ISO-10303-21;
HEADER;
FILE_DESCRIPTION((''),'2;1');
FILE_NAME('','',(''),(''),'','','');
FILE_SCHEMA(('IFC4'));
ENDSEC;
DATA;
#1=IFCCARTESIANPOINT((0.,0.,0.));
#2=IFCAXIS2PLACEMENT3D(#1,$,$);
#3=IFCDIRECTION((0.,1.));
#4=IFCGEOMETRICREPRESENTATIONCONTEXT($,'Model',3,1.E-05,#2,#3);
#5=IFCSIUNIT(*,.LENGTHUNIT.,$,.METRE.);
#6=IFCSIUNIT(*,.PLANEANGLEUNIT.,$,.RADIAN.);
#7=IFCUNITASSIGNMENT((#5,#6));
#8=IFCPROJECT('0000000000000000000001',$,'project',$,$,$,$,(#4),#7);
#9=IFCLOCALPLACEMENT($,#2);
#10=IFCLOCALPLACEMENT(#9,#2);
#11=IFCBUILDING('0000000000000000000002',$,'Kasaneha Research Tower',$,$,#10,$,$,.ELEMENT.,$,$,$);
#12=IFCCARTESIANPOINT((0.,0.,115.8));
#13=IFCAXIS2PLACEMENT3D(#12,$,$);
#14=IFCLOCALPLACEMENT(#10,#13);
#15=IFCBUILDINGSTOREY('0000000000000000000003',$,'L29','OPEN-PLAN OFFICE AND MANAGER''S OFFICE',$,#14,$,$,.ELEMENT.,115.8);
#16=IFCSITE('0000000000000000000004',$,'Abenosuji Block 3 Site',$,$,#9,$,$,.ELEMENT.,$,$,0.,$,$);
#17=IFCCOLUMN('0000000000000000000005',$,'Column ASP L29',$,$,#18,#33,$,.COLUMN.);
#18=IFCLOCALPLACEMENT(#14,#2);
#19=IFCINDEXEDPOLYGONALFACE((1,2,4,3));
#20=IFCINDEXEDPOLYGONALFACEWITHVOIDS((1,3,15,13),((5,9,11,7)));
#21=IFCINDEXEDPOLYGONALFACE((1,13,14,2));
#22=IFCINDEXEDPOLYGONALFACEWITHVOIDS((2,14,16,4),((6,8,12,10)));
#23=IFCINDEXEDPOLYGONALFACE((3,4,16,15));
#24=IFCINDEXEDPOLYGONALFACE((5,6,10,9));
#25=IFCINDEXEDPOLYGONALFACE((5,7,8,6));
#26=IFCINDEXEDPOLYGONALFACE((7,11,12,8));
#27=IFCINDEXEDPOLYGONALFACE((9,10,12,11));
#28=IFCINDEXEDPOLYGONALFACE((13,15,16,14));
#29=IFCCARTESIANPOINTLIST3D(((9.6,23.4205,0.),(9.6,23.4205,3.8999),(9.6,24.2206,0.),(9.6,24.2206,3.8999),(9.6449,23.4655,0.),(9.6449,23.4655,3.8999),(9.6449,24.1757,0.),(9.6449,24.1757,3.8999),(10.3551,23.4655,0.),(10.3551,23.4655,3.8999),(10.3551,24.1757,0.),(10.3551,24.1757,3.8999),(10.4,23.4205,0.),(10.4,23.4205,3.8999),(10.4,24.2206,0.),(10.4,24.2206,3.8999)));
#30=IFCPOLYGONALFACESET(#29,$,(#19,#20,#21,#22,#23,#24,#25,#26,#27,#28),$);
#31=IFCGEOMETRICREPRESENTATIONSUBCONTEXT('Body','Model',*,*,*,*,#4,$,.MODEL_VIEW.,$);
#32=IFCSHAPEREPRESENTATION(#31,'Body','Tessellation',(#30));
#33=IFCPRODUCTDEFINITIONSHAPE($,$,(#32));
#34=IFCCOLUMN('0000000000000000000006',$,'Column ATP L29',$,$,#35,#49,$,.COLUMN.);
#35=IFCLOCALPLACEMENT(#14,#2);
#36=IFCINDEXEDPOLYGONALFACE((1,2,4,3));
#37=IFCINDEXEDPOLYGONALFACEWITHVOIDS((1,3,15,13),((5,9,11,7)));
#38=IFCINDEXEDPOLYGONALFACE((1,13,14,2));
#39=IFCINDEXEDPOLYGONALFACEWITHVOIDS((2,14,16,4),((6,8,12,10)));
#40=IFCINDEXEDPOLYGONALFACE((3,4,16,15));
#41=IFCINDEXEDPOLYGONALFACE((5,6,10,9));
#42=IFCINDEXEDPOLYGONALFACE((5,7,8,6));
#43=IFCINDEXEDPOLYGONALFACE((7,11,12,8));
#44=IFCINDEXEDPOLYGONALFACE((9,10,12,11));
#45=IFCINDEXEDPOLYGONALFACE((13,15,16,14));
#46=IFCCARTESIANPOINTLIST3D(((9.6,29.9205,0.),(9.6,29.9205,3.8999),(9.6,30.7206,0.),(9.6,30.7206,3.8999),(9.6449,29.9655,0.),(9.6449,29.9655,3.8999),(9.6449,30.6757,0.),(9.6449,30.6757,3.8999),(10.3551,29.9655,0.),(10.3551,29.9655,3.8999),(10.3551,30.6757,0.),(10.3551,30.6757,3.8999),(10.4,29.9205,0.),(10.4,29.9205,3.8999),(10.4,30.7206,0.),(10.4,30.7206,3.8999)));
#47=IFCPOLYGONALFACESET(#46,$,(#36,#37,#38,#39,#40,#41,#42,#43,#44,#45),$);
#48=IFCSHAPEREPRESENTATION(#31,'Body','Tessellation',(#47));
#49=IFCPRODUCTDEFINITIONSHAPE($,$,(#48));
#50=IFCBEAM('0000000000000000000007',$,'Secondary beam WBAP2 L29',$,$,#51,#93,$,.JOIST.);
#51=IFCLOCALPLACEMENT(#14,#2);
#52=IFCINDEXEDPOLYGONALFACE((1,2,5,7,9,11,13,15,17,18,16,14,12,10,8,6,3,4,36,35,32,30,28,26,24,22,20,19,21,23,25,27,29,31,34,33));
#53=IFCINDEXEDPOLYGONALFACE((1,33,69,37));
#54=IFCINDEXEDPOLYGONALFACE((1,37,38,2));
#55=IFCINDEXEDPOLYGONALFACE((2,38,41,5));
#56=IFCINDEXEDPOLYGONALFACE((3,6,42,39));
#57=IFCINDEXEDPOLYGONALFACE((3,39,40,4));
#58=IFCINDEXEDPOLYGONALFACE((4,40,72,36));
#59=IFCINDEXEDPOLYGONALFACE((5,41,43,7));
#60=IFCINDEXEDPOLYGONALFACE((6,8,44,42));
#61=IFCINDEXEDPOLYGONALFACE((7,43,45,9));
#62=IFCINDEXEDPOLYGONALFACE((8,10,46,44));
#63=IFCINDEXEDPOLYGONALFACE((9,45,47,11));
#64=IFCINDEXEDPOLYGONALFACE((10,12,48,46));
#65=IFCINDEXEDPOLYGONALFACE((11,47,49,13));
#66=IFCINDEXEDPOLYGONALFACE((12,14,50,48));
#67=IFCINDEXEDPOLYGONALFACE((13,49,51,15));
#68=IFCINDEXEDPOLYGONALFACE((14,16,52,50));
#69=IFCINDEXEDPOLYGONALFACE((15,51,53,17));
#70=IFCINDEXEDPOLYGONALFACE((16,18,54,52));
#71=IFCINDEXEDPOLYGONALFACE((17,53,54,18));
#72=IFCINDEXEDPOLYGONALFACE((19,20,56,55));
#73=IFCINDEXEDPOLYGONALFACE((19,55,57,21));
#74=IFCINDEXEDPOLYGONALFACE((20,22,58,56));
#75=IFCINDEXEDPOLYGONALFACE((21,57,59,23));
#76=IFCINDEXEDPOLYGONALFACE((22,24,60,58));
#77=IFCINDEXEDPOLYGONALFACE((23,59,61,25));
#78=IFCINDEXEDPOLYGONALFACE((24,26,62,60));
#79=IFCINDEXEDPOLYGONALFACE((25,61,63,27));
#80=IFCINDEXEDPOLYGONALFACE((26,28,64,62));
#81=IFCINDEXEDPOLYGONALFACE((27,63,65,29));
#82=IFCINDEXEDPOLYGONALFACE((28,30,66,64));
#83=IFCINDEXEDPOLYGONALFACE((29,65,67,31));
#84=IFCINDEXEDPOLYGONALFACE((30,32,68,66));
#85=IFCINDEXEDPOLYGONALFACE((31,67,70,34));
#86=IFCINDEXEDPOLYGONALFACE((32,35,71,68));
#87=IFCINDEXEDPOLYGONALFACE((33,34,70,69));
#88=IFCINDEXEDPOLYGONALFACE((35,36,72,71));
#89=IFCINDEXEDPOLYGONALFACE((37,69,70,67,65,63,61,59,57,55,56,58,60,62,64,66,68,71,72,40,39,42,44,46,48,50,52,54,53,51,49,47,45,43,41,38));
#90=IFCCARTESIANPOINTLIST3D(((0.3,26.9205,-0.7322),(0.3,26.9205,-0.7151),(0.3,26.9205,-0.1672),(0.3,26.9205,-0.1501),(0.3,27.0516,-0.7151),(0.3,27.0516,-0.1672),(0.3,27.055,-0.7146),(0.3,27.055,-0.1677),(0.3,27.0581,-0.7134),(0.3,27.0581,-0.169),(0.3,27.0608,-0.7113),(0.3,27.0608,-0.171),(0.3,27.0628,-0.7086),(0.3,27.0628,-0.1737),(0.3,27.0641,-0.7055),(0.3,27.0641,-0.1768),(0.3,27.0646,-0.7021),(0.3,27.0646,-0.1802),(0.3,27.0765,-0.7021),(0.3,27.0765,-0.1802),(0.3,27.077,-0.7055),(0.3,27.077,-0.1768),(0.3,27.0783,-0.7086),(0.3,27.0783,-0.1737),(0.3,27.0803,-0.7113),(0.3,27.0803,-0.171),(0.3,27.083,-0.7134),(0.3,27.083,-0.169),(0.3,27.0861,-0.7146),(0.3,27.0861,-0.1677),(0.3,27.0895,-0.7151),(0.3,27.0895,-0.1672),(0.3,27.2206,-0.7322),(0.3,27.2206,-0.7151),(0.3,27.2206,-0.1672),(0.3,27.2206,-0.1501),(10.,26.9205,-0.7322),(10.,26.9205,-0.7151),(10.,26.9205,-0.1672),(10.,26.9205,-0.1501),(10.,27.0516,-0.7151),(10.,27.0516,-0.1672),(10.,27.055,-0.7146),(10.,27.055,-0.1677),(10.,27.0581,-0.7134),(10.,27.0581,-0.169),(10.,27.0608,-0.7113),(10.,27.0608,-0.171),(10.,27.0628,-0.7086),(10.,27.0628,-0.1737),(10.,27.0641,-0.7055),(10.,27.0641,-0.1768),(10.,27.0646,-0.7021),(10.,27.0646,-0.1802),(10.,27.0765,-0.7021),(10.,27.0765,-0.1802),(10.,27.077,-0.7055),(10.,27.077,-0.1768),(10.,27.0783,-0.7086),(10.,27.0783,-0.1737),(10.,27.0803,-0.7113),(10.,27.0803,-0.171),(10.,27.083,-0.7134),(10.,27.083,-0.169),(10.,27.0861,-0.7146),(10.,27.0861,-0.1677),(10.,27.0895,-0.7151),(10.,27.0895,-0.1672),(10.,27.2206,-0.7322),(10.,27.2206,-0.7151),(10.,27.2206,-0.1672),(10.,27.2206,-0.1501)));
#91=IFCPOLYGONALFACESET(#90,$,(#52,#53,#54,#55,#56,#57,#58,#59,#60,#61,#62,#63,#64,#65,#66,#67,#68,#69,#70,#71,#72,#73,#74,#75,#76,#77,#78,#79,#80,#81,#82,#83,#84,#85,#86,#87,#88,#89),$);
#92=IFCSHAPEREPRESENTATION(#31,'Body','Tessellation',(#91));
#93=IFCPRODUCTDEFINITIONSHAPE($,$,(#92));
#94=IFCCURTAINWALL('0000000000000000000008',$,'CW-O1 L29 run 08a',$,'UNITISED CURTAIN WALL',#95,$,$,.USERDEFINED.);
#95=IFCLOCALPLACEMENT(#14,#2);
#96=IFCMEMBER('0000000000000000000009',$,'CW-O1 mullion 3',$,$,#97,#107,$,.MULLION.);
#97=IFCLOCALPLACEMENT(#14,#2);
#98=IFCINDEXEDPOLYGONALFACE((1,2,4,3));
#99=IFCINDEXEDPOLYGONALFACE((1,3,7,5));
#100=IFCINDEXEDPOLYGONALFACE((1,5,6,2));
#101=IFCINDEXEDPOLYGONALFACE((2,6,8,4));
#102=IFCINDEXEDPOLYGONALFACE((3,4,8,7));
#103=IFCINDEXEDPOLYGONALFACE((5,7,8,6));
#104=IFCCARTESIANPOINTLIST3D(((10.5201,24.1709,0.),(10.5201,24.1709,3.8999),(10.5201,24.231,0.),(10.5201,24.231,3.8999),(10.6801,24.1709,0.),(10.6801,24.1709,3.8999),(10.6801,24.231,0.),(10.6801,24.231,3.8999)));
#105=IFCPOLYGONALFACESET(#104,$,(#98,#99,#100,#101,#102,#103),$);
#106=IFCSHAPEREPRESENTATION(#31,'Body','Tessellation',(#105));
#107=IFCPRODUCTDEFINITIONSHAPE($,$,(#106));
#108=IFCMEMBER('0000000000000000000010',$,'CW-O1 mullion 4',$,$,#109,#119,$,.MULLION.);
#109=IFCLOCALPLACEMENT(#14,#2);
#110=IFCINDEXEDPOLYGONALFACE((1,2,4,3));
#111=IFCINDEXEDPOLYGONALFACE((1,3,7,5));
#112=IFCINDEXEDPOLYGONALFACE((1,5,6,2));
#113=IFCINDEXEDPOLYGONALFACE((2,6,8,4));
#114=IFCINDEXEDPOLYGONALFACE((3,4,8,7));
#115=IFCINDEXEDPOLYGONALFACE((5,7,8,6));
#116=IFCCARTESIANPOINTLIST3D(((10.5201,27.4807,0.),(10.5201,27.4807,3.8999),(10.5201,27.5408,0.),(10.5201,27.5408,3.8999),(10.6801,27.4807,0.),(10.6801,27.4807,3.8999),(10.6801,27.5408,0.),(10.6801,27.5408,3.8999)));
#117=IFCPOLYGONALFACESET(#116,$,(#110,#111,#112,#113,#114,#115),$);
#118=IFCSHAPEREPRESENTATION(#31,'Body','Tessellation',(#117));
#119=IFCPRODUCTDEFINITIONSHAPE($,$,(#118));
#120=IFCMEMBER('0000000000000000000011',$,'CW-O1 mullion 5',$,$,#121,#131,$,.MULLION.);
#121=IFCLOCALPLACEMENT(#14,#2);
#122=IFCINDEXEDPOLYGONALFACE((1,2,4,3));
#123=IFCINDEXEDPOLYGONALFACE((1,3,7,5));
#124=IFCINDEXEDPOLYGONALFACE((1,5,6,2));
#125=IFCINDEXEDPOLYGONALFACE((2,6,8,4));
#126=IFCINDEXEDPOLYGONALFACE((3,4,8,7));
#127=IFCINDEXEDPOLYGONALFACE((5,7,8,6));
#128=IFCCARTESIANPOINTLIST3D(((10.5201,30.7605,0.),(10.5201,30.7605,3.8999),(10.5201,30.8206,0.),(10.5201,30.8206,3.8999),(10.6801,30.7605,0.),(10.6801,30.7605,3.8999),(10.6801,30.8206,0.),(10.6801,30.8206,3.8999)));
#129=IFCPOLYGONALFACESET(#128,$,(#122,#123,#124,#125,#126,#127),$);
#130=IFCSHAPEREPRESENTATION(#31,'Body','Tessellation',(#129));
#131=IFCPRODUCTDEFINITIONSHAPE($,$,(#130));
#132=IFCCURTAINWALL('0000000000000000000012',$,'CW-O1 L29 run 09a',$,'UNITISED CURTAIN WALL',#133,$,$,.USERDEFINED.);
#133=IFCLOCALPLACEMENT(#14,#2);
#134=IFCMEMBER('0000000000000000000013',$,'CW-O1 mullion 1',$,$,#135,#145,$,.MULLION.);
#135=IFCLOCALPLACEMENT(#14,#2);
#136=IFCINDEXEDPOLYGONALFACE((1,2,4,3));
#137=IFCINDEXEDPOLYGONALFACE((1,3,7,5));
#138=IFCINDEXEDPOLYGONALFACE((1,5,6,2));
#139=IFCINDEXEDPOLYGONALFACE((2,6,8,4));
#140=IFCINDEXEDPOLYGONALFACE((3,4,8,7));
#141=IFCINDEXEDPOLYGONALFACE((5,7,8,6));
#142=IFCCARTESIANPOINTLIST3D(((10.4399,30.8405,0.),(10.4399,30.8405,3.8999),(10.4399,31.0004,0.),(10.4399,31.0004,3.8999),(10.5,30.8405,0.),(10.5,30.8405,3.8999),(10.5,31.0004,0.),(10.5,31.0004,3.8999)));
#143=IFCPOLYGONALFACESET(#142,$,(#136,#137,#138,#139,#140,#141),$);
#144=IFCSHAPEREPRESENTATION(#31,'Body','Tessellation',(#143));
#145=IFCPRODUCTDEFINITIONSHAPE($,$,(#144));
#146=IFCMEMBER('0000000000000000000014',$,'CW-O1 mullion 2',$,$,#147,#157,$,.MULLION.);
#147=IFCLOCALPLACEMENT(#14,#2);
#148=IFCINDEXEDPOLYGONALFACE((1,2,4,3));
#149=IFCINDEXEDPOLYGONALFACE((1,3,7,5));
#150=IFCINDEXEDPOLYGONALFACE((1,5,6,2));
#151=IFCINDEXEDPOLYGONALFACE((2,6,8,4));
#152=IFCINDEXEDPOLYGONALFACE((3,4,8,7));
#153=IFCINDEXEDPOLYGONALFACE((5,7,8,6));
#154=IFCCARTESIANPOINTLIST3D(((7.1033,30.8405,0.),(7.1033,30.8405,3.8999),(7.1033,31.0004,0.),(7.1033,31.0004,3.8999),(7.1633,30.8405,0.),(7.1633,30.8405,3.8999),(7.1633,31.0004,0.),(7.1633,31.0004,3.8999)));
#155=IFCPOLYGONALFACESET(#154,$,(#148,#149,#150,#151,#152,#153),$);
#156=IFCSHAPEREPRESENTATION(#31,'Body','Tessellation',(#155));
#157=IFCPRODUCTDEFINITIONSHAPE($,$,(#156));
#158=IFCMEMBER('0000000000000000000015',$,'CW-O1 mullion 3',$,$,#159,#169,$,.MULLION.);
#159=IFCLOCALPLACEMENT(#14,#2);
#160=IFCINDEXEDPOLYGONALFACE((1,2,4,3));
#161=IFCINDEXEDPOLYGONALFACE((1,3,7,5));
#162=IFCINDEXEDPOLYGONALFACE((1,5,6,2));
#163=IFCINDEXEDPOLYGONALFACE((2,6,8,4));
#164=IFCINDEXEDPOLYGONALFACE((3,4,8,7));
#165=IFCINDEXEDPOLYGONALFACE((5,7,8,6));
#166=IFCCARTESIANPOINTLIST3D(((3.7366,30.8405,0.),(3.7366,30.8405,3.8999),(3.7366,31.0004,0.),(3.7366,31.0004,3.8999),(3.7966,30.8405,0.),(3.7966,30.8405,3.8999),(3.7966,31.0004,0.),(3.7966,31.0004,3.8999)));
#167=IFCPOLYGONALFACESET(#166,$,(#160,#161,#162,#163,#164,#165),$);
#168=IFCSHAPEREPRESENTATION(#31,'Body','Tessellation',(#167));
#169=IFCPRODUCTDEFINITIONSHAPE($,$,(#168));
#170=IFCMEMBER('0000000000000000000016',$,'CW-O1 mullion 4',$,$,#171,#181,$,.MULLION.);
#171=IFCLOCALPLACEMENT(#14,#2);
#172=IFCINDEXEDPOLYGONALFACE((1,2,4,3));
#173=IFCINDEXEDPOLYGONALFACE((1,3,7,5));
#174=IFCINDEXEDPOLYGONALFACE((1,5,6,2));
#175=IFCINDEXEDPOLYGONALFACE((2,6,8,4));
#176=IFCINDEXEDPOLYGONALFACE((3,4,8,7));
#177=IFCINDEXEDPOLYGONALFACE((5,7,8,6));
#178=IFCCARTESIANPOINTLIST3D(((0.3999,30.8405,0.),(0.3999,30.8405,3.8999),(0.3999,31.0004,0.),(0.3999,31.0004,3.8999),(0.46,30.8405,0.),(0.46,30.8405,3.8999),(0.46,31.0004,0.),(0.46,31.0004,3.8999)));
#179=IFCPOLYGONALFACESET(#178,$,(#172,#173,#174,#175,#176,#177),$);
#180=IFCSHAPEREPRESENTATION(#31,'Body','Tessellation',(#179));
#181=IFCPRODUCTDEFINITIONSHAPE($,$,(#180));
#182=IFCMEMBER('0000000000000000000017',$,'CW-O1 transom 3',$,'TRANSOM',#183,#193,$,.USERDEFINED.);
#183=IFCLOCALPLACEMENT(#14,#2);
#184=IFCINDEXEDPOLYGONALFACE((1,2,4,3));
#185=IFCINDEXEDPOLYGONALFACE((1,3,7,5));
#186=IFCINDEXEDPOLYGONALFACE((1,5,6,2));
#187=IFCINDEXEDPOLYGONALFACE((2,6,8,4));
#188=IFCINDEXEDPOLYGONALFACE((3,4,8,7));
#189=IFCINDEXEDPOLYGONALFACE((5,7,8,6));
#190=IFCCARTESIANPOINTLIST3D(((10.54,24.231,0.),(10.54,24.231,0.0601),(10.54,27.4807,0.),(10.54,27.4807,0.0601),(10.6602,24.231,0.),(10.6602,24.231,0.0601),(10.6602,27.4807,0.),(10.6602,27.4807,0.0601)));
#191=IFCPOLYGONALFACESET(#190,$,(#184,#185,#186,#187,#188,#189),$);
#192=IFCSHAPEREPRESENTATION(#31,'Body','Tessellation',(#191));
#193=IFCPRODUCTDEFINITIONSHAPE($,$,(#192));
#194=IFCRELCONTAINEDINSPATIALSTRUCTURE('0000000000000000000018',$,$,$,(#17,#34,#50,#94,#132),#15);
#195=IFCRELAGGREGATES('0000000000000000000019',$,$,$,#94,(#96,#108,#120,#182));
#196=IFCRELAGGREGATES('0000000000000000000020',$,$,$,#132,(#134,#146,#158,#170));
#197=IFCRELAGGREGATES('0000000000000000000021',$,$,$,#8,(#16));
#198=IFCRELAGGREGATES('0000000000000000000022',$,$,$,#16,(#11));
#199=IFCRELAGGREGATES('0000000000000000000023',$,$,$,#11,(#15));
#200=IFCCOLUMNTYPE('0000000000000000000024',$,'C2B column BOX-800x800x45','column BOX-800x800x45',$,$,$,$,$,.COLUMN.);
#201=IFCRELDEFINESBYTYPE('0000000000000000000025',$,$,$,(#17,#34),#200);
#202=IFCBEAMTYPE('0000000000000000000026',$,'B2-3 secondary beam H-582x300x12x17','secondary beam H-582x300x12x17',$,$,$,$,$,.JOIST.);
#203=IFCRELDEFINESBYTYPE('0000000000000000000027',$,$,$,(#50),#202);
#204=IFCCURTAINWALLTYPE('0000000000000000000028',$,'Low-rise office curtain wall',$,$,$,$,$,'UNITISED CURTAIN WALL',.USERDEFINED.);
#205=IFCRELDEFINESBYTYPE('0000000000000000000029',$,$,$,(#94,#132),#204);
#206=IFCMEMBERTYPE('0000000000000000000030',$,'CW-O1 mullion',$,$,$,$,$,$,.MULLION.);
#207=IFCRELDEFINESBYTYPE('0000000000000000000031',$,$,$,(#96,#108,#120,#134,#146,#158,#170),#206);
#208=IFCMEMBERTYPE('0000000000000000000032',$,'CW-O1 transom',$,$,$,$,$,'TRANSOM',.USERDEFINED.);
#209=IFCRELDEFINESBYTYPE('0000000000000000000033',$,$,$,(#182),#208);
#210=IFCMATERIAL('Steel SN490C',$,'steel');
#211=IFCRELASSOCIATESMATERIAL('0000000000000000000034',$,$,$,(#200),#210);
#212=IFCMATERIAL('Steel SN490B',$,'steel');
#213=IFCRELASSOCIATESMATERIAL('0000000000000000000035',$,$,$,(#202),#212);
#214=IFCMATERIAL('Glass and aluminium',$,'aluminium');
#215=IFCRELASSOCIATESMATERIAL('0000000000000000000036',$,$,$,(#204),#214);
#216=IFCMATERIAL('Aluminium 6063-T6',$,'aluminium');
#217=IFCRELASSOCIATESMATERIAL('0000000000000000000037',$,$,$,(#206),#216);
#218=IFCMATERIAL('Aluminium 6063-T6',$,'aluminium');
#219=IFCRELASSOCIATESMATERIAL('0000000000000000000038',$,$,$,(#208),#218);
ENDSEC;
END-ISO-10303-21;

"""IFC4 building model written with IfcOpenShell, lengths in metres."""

from ifc_helpers import new_model, si_unit, direction, frame, origin, origin_2d, place, context, subcontext, project, spatial, rectangle, hollow_rectangle, i_section, extrude, material, material_profile, profile_set, type_object, element, aggregate, save


model = new_model("IFC4")

# Units and contexts
model_context = context("Model", 3, precision=1e-05, world=origin(), true_north=direction((0.0, 1.0)))
body_context = subcontext(model_context, "Body", "Model", "MODEL_VIEW")
ifc_project = project(units=[si_unit("LENGTHUNIT", "METRE"), si_unit("PLANEANGLEUNIT", "RADIAN")], contexts=[model_context])

# Site, building, storey
site_placement = place(None, origin())
site = spatial("IfcSite", under=ifc_project, at=site_placement, Name="Abenosuji Block 3 Site", CompositionType="ELEMENT", RefElevation=0.0)
building_placement = place(site_placement, origin())
building = spatial("IfcBuilding", under=site, at=building_placement, Name="Kasaneha Research Tower", CompositionType="ELEMENT")
storey_placement = place(building_placement, frame((0.0, 0.0, 115.8)))
storey = spatial("IfcBuildingStorey", under=building, at=storey_placement, Name="L29", Description="OPEN-PLAN OFFICE AND MANAGER'S OFFICE", CompositionType="ELEMENT", Elevation=115.8)

# Columns
ifc_material_1 = material(Name="Steel SN490C", Category="steel")
ifc_material_profile_1 = material_profile(ifc_material_1, hollow_rectangle(XDim=0.8, YDim=0.8, WallThickness=0.0449, at=origin_2d()), Name="BOX-800x800x45")
ifc_profile_set_1 = profile_set([ifc_material_profile_1], Name="Steel SN490C")
column_type = type_object("IfcColumnType", Name="C2B column BOX-800x800x45", Description="column BOX-800x800x45", PredefinedType="COLUMN", material=ifc_profile_set_1)
for number, where, z_axis, x_axis, name in (
    (1, (10.0, 23.8206, 0.0), (0.0, 0.0, 1.0), (1.0, 0.0, 0.0), "Column ASP L29"),
    (2, (10.0, 30.3206, 0.0), (0.0, 0.0, 1.0), (1.0, 0.0, 0.0), "Column ATP L29"),
):
    element("IfcColumn", number, at=place(storey_placement, frame(where, z_axis=z_axis, x_axis=x_axis)), inside=storey, type_object=column_type, Name=name, PredefinedType="COLUMN", context=body_context, shape_type="SweptSolid", body=[
        extrude(hollow_rectangle(XDim=0.8, YDim=0.8, WallThickness=0.0449, at=origin_2d()), origin(), (0.0, 0.0, 1.0), 3.8999),
    ])

# Beam
ifc_material_2 = material(Name="Steel SN490B", Category="steel")
ifc_material_profile_2 = material_profile(ifc_material_2, i_section(OverallWidth=0.3, OverallDepth=0.582, WebThickness=0.012, FlangeThickness=0.0171, FilletRadius=0.0129, at=origin_2d()), Name="H-582x300x12x17")
ifc_profile_set_2 = profile_set([ifc_material_profile_2], Name="Steel SN490B")
beam_type_1 = type_object("IfcBeamType", Name="B2-3 secondary beam H-582x300x12x17", Description="secondary beam H-582x300x12x17", PredefinedType="JOIST", material=ifc_profile_set_2)
beam_1_placement = place(storey_placement, frame((10.0, 27.0706, -0.4412), z_axis=(-1.0, 0.0, 0.0), x_axis=(0.0, -1.0, 0.0)))
element("IfcBeam", 3, at=beam_1_placement, inside=storey, type_object=beam_type_1, Name="Secondary beam WBAP2 L29", PredefinedType="JOIST", context=body_context, shape_type="SweptSolid", body=[
    extrude(i_section(OverallWidth=0.3, OverallDepth=0.582, WebThickness=0.012, FlangeThickness=0.0171, FilletRadius=0.0129, at=origin_2d()), origin(), (0.0, 0.0, 1.0), 9.7),
])

# Curtain walls, members
ifc_material_3 = material(Name="Glass and aluminium", Category="aluminium")
curtain_wall_type = type_object("IfcCurtainWallType", Name="Low-rise office curtain wall", ElementType="UNITISED CURTAIN WALL", PredefinedType="USERDEFINED", material=ifc_material_3)
curtain_wall_1_placement = place(storey_placement, origin())
curtain_wall_1 = element("IfcCurtainWall", 4, at=curtain_wall_1_placement, inside=storey, type_object=curtain_wall_type, Name="CW-O1 L29 run 08a", ObjectType="UNITISED CURTAIN WALL", PredefinedType="USERDEFINED")
ifc_material_4 = material(Name="Aluminium 6063-T6", Category="aluminium")
ifc_material_profile_3 = material_profile(ifc_material_4, rectangle(XDim=0.0601, YDim=0.1599, at=origin_2d()), Name="CW-O1 mullion 60x160")
ifc_profile_set_3 = profile_set([ifc_material_profile_3], Name="Aluminium 6063-T6")
member_type_1 = type_object("IfcMemberType", Name="CW-O1 mullion", PredefinedType="MULLION", material=ifc_profile_set_3)
member_1_placement = place(storey_placement, frame((10.6001, 24.2009, 0.0), z_axis=(0.0, 0.0, 1.0), x_axis=(0.0, 1.0, 0.0)))
member_1 = element("IfcMember", 5, at=member_1_placement, type_object=member_type_1, Name="CW-O1 mullion 3", PredefinedType="MULLION", context=body_context, shape_type="SweptSolid", body=[
    extrude(rectangle(XDim=0.0601, YDim=0.1599, at=origin_2d()), origin(), (0.0, 0.0, 1.0), 3.8999),
])
member_2_placement = place(storey_placement, frame((10.6001, 27.5107, 0.0), z_axis=(0.0, 0.0, 1.0), x_axis=(0.0, 1.0, 0.0)))
member_2 = element("IfcMember", 6, at=member_2_placement, type_object=member_type_1, Name="CW-O1 mullion 4", PredefinedType="MULLION", context=body_context, shape_type="SweptSolid", body=[
    extrude(rectangle(XDim=0.0601, YDim=0.1599, at=origin_2d()), origin(), (0.0, 0.0, 1.0), 3.8999),
])
member_3_placement = place(storey_placement, frame((10.6001, 30.7905, 0.0), z_axis=(0.0, 0.0, 1.0), x_axis=(0.0, 1.0, 0.0)))
member_3 = element("IfcMember", 7, at=member_3_placement, type_object=member_type_1, Name="CW-O1 mullion 5", PredefinedType="MULLION", context=body_context, shape_type="SweptSolid", body=[
    extrude(rectangle(XDim=0.0601, YDim=0.1599, at=origin_2d()), origin(), (0.0, 0.0, 1.0), 3.8999),
])
curtain_wall_2_placement = place(storey_placement, origin())
curtain_wall_2 = element("IfcCurtainWall", 8, at=curtain_wall_2_placement, inside=storey, type_object=curtain_wall_type, Name="CW-O1 L29 run 09a", ObjectType="UNITISED CURTAIN WALL", PredefinedType="USERDEFINED")
member_4_placement = place(storey_placement, frame((10.47, 30.9204, 0.0), z_axis=(0.0, 0.0, 1.0), x_axis=(-1.0, 0.0, 0.0)))
member_4 = element("IfcMember", 9, at=member_4_placement, type_object=member_type_1, Name="CW-O1 mullion 1", PredefinedType="MULLION", context=body_context, shape_type="SweptSolid", body=[
    extrude(rectangle(XDim=0.0601, YDim=0.1599, at=origin_2d()), origin(), (0.0, 0.0, 1.0), 3.8999),
])
member_5_placement = place(storey_placement, frame((7.1333, 30.9204, 0.0), z_axis=(0.0, 0.0, 1.0), x_axis=(-1.0, 0.0, 0.0)))
member_5 = element("IfcMember", 10, at=member_5_placement, type_object=member_type_1, Name="CW-O1 mullion 2", PredefinedType="MULLION", context=body_context, shape_type="SweptSolid", body=[
    extrude(rectangle(XDim=0.0601, YDim=0.1599, at=origin_2d()), origin(), (0.0, 0.0, 1.0), 3.8999),
])
member_6_placement = place(storey_placement, frame((3.7666, 30.9204, 0.0), z_axis=(0.0, 0.0, 1.0), x_axis=(-1.0, 0.0, 0.0)))
member_6 = element("IfcMember", 11, at=member_6_placement, type_object=member_type_1, Name="CW-O1 mullion 3", PredefinedType="MULLION", context=body_context, shape_type="SweptSolid", body=[
    extrude(rectangle(XDim=0.0601, YDim=0.1599, at=origin_2d()), origin(), (0.0, 0.0, 1.0), 3.8999),
])
member_7_placement = place(storey_placement, frame((0.4299, 30.9204, 0.0), z_axis=(0.0, 0.0, 1.0), x_axis=(-1.0, 0.0, 0.0)))
member_7 = element("IfcMember", 12, at=member_7_placement, type_object=member_type_1, Name="CW-O1 mullion 4", PredefinedType="MULLION", context=body_context, shape_type="SweptSolid", body=[
    extrude(rectangle(XDim=0.0601, YDim=0.1599, at=origin_2d()), origin(), (0.0, 0.0, 1.0), 3.8999),
])

# Member
ifc_material_5 = material(Name="Aluminium 6063-T6", Category="aluminium")
ifc_material_profile_4 = material_profile(ifc_material_5, rectangle(XDim=0.1201, YDim=0.0601, at=origin_2d()), Name="CW-O1 transom 120x60")
ifc_profile_set_4 = profile_set([ifc_material_profile_4], Name="Aluminium 6063-T6")
member_type_2 = type_object("IfcMemberType", Name="CW-O1 transom", ElementType="TRANSOM", PredefinedType="USERDEFINED", material=ifc_profile_set_4)
member_8_placement = place(storey_placement, frame((10.6001, 24.231, 0.03), z_axis=(0.0, 1.0, 0.0), x_axis=(-1.0, 0.0, 0.0)))
member_8 = element("IfcMember", 13, at=member_8_placement, type_object=member_type_2, Name="CW-O1 transom 3", ObjectType="TRANSOM", PredefinedType="USERDEFINED", context=body_context, shape_type="SweptSolid", body=[
    extrude(rectangle(XDim=0.1201, YDim=0.0601, at=origin_2d()), origin(), (0.0, 0.0, 1.0), 3.2498),
])

aggregate(curtain_wall_1, [member_1, member_2, member_3, member_8])
aggregate(curtain_wall_2, [member_4, member_5, member_6, member_7])

save(model, "model.ifc")
